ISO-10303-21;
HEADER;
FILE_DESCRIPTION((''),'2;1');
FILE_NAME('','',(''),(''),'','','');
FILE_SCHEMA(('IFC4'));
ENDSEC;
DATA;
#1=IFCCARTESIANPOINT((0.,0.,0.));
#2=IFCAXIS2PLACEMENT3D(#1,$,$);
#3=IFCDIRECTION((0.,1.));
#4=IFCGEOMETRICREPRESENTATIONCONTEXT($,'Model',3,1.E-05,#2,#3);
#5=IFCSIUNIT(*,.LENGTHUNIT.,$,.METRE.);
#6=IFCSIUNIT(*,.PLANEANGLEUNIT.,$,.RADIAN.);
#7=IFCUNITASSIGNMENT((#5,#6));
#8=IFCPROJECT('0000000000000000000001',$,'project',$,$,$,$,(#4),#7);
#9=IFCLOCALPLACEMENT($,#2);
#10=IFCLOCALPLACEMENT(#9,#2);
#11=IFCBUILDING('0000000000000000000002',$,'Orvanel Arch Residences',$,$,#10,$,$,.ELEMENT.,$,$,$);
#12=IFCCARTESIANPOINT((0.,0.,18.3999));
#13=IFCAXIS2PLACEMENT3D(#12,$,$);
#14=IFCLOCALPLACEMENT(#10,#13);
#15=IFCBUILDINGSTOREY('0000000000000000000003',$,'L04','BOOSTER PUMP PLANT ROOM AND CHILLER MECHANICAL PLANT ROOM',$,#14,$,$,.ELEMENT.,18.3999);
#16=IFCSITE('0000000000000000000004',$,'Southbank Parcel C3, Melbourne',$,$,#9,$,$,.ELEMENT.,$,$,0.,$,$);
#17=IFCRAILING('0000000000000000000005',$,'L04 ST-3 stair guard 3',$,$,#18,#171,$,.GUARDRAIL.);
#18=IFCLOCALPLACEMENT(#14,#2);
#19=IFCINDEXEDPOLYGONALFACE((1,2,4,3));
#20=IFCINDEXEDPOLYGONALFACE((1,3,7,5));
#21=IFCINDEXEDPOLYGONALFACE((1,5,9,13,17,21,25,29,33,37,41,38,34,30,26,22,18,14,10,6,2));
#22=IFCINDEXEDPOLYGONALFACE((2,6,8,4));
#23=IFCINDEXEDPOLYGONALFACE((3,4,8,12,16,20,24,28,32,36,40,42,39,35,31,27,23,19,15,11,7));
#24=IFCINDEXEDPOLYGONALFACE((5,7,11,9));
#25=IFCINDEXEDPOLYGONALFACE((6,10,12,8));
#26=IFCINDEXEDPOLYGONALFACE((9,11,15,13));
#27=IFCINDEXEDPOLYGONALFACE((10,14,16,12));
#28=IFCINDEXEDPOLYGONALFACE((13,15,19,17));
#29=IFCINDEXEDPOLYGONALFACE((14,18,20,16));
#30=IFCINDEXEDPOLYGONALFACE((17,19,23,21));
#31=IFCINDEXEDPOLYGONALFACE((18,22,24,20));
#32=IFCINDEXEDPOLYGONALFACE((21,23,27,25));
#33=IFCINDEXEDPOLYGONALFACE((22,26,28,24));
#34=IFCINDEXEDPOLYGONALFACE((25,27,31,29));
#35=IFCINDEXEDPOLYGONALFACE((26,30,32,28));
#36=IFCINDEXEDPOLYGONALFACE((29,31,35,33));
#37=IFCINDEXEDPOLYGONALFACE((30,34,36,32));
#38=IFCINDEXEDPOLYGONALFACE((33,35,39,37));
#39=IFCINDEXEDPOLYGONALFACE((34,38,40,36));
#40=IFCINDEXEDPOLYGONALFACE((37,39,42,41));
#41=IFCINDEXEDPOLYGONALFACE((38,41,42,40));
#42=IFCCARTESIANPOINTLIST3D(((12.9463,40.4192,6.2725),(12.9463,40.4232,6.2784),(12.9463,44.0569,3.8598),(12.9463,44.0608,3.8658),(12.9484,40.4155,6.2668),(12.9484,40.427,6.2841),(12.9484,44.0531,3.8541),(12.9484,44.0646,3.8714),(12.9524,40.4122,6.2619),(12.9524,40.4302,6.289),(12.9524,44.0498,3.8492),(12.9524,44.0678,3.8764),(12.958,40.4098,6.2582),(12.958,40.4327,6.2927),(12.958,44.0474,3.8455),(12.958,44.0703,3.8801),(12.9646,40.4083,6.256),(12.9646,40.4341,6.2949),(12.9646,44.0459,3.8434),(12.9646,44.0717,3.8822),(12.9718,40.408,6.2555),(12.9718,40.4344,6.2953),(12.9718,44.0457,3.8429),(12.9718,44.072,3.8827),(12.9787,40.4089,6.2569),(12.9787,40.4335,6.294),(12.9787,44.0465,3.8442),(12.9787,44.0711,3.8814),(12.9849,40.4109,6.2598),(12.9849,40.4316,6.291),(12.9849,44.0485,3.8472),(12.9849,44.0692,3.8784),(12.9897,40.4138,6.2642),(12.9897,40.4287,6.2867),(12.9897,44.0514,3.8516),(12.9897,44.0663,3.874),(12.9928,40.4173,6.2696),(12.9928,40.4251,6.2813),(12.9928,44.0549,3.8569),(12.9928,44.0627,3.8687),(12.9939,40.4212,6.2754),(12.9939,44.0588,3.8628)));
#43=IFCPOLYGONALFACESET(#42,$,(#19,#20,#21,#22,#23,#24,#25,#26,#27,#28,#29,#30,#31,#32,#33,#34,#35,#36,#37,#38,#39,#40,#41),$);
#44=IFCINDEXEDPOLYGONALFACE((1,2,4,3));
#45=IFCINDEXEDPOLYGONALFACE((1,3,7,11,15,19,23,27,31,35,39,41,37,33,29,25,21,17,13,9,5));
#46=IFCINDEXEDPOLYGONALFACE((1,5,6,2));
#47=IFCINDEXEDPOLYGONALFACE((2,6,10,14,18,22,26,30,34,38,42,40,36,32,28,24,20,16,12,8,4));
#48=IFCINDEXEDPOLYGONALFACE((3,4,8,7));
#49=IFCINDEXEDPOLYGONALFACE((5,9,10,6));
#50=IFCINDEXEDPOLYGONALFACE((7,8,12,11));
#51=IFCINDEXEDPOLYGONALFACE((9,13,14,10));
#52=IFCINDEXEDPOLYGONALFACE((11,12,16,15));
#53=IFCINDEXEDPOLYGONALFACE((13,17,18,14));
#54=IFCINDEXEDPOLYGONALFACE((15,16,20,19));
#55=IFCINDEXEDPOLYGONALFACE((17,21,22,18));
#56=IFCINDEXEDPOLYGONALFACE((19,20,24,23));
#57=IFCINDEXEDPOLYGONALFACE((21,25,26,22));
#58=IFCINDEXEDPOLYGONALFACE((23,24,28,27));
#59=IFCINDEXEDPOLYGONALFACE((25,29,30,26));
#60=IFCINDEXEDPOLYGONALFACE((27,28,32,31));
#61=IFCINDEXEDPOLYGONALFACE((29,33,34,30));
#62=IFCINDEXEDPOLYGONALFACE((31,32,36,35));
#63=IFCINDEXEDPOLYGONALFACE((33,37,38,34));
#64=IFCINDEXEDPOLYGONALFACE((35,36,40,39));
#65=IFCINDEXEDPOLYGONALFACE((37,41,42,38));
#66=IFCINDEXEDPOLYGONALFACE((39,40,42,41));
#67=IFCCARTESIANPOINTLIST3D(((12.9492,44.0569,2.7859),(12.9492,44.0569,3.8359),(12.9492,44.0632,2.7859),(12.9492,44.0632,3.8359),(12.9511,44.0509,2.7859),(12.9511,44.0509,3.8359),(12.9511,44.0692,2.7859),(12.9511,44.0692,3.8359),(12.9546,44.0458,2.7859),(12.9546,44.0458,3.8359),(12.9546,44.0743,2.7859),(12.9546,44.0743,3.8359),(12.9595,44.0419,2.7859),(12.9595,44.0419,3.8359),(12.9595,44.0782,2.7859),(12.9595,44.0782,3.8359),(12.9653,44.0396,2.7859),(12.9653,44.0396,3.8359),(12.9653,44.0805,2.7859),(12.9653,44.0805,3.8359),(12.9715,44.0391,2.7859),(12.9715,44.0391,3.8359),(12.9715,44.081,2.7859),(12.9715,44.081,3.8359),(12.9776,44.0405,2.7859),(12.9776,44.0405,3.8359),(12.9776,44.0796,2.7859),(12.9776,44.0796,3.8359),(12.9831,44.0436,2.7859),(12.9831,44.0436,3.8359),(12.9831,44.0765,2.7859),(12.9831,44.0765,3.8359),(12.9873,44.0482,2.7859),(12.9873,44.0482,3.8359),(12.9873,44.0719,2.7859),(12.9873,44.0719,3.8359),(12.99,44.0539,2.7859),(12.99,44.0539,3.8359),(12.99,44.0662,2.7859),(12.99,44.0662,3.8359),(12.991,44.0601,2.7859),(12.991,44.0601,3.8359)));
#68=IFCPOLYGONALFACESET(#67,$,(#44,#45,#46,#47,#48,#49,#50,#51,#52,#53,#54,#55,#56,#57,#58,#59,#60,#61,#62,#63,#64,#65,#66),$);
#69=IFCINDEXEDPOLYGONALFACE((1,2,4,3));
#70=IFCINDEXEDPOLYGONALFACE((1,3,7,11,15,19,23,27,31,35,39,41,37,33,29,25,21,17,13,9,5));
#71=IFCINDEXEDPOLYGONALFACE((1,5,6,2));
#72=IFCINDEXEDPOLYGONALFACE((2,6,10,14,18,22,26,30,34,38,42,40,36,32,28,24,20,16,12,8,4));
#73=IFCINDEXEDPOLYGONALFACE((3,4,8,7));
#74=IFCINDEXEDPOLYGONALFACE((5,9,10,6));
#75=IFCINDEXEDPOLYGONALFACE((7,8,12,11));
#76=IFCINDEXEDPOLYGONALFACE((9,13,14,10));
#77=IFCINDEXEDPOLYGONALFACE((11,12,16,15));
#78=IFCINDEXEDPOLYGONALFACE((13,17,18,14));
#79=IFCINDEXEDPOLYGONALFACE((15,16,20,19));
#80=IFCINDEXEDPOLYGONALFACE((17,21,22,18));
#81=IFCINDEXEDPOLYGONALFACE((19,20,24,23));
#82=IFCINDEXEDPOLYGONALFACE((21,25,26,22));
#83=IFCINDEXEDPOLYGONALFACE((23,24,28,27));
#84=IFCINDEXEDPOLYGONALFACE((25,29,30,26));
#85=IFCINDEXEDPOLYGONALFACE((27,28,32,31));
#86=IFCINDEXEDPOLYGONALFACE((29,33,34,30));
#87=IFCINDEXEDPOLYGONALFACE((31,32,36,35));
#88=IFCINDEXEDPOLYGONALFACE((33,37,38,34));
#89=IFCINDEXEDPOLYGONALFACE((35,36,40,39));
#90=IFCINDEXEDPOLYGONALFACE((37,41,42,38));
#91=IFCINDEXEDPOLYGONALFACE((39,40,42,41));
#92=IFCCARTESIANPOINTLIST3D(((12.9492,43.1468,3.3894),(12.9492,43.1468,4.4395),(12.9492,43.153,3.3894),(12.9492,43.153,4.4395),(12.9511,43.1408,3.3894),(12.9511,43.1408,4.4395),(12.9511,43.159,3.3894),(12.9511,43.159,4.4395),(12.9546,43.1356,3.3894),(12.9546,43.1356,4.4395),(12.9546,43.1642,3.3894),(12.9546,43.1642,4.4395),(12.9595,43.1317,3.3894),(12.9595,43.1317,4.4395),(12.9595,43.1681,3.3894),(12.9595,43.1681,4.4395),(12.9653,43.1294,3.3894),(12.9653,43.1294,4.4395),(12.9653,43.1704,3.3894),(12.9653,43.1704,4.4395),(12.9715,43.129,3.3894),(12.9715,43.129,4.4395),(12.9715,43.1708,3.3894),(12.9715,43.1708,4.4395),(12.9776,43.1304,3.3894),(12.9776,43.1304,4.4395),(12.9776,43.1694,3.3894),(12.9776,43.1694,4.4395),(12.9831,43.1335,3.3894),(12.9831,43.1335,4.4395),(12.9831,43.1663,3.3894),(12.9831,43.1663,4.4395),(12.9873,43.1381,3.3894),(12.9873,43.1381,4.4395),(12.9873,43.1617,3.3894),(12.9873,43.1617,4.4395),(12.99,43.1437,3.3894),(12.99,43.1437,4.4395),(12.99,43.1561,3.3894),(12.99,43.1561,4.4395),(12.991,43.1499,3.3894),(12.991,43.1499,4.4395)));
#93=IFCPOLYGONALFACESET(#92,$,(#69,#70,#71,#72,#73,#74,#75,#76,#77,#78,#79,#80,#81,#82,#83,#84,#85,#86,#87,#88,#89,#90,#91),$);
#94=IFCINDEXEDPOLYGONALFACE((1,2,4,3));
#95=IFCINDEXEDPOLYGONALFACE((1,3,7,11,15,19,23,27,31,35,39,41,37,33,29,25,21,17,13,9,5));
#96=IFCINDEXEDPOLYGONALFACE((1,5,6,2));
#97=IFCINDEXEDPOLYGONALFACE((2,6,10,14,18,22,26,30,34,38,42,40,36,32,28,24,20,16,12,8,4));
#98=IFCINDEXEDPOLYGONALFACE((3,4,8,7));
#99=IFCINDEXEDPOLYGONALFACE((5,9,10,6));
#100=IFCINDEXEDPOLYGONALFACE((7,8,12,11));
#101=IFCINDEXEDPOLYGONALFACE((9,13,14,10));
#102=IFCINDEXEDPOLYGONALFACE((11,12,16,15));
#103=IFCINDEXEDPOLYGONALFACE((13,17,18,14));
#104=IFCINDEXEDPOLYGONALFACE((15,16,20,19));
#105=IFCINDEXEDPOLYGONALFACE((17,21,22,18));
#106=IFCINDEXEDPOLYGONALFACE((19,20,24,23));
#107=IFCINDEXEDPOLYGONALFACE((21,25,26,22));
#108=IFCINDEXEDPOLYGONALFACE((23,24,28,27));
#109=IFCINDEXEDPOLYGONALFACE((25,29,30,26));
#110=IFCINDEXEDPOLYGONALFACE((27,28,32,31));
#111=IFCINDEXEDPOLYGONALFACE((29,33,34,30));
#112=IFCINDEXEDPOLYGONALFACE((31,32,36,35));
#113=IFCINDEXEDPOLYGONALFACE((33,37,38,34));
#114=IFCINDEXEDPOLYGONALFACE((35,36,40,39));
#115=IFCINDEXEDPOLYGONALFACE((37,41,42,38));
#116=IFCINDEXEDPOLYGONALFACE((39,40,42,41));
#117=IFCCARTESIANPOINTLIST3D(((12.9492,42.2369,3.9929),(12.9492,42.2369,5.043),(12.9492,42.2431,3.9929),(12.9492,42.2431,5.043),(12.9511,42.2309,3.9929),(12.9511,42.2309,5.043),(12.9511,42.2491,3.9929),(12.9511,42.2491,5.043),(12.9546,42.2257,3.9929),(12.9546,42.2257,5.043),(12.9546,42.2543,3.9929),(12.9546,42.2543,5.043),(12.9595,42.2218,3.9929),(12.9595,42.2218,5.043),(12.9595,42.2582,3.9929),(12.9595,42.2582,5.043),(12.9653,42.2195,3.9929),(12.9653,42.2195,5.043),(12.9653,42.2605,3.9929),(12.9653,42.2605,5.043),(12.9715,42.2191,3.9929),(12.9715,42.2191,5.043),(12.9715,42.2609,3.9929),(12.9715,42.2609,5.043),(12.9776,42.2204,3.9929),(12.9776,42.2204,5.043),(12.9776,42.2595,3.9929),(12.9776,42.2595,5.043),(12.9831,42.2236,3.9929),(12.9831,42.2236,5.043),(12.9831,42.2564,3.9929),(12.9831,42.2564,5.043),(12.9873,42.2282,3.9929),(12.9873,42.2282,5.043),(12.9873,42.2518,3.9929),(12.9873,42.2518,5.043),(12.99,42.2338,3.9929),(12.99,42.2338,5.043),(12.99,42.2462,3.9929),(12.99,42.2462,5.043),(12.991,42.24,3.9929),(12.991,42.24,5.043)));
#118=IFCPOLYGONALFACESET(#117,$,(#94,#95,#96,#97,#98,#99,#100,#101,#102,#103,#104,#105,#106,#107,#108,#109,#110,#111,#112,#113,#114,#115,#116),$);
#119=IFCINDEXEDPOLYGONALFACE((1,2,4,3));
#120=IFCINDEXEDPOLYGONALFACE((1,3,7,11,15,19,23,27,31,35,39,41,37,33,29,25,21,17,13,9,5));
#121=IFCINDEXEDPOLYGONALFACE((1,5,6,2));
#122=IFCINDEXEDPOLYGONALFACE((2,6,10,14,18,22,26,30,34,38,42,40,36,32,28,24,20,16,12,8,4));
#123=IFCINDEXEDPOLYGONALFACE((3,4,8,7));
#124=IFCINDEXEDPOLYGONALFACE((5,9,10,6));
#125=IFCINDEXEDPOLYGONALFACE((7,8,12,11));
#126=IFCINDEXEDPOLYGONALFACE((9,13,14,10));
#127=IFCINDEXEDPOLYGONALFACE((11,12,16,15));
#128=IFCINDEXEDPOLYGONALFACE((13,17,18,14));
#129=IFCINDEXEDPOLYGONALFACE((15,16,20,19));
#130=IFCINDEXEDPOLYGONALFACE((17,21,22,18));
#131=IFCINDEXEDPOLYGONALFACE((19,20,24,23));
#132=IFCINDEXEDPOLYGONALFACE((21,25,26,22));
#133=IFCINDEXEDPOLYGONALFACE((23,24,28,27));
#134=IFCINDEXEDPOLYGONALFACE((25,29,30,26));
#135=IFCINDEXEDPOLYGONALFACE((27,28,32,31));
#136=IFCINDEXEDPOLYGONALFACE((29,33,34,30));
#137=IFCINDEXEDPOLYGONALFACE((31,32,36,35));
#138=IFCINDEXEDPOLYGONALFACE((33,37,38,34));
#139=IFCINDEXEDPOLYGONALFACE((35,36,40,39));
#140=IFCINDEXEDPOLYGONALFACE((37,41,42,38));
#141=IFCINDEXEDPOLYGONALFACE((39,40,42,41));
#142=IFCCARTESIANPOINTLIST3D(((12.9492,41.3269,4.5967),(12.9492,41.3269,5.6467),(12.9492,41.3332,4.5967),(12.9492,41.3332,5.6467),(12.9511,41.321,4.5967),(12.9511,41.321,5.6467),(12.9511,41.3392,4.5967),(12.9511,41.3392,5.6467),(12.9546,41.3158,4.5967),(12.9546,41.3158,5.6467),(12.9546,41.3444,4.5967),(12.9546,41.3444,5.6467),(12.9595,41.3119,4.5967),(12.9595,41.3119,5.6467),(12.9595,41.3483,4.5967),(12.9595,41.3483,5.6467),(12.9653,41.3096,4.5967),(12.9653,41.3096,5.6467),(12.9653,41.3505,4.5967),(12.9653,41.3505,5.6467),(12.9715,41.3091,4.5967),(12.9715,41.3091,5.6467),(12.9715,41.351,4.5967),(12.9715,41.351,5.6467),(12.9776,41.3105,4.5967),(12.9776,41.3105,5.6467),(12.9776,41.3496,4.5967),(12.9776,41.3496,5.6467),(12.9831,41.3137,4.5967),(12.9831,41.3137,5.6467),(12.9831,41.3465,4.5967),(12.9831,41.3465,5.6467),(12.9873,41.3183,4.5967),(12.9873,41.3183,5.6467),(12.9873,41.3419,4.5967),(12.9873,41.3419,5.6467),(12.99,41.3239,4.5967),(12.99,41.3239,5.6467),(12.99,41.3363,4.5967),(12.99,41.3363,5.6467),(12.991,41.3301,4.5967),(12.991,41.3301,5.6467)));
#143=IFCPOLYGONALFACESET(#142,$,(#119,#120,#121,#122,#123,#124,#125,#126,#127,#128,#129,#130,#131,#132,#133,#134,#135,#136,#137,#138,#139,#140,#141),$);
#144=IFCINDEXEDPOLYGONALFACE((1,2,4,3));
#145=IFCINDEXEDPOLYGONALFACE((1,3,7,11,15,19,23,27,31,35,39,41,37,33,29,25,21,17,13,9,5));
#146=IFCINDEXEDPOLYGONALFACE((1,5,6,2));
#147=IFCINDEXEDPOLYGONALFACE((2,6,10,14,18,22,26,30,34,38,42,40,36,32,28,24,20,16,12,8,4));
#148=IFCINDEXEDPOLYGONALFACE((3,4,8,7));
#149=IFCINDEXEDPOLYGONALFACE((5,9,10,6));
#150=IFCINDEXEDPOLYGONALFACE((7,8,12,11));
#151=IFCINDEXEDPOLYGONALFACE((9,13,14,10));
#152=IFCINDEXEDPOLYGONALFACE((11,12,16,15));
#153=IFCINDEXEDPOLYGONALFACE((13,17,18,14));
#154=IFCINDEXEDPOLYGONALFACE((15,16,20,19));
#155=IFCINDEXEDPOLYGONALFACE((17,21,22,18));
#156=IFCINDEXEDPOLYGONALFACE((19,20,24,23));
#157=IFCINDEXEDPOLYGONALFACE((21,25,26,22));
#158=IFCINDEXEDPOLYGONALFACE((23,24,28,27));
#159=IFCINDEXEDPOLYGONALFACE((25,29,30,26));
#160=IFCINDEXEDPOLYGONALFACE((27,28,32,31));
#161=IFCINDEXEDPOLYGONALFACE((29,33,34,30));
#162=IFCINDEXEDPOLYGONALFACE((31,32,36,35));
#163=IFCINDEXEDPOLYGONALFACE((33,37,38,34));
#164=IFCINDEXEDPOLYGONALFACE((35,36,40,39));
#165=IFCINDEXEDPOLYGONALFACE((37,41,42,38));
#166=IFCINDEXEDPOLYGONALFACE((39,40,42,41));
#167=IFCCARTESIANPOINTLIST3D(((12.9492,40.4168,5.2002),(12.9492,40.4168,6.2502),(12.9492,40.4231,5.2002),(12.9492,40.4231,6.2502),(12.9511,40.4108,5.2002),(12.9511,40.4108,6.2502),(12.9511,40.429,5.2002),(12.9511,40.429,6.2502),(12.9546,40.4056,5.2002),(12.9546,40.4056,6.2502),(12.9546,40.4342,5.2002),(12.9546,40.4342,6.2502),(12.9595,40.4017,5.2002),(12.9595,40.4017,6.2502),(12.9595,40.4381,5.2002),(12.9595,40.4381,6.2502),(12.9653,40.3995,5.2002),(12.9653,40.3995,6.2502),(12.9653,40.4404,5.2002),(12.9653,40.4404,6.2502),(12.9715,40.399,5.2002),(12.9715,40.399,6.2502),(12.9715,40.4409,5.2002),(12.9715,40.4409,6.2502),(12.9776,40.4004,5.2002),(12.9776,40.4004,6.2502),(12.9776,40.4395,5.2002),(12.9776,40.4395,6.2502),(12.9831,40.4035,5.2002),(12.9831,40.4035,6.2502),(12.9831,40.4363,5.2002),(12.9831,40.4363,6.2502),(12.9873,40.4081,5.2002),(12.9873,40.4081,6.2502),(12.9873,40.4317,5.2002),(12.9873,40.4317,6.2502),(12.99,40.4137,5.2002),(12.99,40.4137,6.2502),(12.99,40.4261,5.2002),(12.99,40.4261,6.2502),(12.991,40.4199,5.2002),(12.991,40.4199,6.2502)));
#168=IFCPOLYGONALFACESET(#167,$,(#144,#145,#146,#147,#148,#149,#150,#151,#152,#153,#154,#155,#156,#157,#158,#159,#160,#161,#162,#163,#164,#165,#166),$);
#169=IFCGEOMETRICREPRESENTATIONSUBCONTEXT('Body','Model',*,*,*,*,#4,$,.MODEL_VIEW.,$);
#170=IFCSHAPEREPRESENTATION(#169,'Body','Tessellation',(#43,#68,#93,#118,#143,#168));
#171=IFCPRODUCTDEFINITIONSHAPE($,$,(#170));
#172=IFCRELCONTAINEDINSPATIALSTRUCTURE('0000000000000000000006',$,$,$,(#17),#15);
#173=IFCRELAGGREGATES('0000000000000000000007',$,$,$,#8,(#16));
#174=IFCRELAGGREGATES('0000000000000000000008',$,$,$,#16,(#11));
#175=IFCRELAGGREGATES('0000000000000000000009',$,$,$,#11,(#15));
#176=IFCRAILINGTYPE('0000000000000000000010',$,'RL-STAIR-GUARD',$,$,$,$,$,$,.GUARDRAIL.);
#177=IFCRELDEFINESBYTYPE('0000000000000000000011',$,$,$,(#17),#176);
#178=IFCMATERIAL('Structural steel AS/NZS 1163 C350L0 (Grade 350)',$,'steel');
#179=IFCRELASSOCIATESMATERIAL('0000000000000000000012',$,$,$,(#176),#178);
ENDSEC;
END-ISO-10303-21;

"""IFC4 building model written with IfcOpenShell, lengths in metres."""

from ifc_helpers import new_model, si_unit, direction, frame, origin, origin_2d, place, context, subcontext, project, spatial, circle, extrude, material, type_object, element, save


model = new_model("IFC4")

# Units and contexts
model_context = context("Model", 3, precision=1e-05, world=origin(), true_north=direction((0.0, 1.0)))
body_context = subcontext(model_context, "Body", "Model", "MODEL_VIEW")
ifc_project = project(units=[si_unit("LENGTHUNIT", "METRE"), si_unit("PLANEANGLEUNIT", "RADIAN")], contexts=[model_context])

# Site, building, storey
site_placement = place(None, origin())
site = spatial("IfcSite", under=ifc_project, at=site_placement, Name="Southbank Parcel C3, Melbourne", CompositionType="ELEMENT", RefElevation=0.0)
building_placement = place(site_placement, origin())
building = spatial("IfcBuilding", under=site, at=building_placement, Name="Orvanel Arch Residences", CompositionType="ELEMENT")
storey_placement = place(building_placement, frame((0.0, 0.0, 18.3999)))
storey = spatial("IfcBuildingStorey", under=building, at=storey_placement, Name="L04", Description="BOOSTER PUMP PLANT ROOM AND CHILLER MECHANICAL PLANT ROOM", CompositionType="ELEMENT", Elevation=18.3999)

# Railing
ifc_material_1 = material(Name="Structural steel AS/NZS 1163 C350L0 (Grade 350)", Category="steel")
railing_type = type_object("IfcRailingType", Name="RL-STAIR-GUARD", PredefinedType="GUARDRAIL", material=ifc_material_1)
railing_1_placement = place(storey_placement, frame((12.97, 44.0601, 2.7859)))
element("IfcRailing", 1, at=railing_1_placement, inside=storey, type_object=railing_type, Name="L04 ST-3 stair guard 3", PredefinedType="GUARDRAIL", context=body_context, shape_type="SweptSolid", body=[
    extrude(circle(Radius=0.0239, at=origin_2d()), frame((0.0, -0.0012, 1.0769), z_axis=(0.0, -0.833364, 0.552725), x_axis=(1.0, 0.0, 0.0)), (0.0, 0.0, 1.0), 4.365),
    extrude(circle(Radius=0.021, at=origin_2d()), origin(), (0.0, 0.0, 1.0), 1.05),
    extrude(circle(Radius=0.021, at=origin_2d()), frame((0.0, -0.9102, 0.6035)), (0.0, 0.0, 1.0), 1.05),
    extrude(circle(Radius=0.021, at=origin_2d()), frame((0.0, -1.8201, 1.207)), (0.0, 0.0, 1.0), 1.05),
    extrude(circle(Radius=0.021, at=origin_2d()), frame((0.0, -2.73, 1.8108)), (0.0, 0.0, 1.0), 1.05),
    extrude(circle(Radius=0.021, at=origin_2d()), frame((0.0, -3.6401, 2.4143)), (0.0, 0.0, 1.0), 1.05),
])

save(model, "model.ifc")
